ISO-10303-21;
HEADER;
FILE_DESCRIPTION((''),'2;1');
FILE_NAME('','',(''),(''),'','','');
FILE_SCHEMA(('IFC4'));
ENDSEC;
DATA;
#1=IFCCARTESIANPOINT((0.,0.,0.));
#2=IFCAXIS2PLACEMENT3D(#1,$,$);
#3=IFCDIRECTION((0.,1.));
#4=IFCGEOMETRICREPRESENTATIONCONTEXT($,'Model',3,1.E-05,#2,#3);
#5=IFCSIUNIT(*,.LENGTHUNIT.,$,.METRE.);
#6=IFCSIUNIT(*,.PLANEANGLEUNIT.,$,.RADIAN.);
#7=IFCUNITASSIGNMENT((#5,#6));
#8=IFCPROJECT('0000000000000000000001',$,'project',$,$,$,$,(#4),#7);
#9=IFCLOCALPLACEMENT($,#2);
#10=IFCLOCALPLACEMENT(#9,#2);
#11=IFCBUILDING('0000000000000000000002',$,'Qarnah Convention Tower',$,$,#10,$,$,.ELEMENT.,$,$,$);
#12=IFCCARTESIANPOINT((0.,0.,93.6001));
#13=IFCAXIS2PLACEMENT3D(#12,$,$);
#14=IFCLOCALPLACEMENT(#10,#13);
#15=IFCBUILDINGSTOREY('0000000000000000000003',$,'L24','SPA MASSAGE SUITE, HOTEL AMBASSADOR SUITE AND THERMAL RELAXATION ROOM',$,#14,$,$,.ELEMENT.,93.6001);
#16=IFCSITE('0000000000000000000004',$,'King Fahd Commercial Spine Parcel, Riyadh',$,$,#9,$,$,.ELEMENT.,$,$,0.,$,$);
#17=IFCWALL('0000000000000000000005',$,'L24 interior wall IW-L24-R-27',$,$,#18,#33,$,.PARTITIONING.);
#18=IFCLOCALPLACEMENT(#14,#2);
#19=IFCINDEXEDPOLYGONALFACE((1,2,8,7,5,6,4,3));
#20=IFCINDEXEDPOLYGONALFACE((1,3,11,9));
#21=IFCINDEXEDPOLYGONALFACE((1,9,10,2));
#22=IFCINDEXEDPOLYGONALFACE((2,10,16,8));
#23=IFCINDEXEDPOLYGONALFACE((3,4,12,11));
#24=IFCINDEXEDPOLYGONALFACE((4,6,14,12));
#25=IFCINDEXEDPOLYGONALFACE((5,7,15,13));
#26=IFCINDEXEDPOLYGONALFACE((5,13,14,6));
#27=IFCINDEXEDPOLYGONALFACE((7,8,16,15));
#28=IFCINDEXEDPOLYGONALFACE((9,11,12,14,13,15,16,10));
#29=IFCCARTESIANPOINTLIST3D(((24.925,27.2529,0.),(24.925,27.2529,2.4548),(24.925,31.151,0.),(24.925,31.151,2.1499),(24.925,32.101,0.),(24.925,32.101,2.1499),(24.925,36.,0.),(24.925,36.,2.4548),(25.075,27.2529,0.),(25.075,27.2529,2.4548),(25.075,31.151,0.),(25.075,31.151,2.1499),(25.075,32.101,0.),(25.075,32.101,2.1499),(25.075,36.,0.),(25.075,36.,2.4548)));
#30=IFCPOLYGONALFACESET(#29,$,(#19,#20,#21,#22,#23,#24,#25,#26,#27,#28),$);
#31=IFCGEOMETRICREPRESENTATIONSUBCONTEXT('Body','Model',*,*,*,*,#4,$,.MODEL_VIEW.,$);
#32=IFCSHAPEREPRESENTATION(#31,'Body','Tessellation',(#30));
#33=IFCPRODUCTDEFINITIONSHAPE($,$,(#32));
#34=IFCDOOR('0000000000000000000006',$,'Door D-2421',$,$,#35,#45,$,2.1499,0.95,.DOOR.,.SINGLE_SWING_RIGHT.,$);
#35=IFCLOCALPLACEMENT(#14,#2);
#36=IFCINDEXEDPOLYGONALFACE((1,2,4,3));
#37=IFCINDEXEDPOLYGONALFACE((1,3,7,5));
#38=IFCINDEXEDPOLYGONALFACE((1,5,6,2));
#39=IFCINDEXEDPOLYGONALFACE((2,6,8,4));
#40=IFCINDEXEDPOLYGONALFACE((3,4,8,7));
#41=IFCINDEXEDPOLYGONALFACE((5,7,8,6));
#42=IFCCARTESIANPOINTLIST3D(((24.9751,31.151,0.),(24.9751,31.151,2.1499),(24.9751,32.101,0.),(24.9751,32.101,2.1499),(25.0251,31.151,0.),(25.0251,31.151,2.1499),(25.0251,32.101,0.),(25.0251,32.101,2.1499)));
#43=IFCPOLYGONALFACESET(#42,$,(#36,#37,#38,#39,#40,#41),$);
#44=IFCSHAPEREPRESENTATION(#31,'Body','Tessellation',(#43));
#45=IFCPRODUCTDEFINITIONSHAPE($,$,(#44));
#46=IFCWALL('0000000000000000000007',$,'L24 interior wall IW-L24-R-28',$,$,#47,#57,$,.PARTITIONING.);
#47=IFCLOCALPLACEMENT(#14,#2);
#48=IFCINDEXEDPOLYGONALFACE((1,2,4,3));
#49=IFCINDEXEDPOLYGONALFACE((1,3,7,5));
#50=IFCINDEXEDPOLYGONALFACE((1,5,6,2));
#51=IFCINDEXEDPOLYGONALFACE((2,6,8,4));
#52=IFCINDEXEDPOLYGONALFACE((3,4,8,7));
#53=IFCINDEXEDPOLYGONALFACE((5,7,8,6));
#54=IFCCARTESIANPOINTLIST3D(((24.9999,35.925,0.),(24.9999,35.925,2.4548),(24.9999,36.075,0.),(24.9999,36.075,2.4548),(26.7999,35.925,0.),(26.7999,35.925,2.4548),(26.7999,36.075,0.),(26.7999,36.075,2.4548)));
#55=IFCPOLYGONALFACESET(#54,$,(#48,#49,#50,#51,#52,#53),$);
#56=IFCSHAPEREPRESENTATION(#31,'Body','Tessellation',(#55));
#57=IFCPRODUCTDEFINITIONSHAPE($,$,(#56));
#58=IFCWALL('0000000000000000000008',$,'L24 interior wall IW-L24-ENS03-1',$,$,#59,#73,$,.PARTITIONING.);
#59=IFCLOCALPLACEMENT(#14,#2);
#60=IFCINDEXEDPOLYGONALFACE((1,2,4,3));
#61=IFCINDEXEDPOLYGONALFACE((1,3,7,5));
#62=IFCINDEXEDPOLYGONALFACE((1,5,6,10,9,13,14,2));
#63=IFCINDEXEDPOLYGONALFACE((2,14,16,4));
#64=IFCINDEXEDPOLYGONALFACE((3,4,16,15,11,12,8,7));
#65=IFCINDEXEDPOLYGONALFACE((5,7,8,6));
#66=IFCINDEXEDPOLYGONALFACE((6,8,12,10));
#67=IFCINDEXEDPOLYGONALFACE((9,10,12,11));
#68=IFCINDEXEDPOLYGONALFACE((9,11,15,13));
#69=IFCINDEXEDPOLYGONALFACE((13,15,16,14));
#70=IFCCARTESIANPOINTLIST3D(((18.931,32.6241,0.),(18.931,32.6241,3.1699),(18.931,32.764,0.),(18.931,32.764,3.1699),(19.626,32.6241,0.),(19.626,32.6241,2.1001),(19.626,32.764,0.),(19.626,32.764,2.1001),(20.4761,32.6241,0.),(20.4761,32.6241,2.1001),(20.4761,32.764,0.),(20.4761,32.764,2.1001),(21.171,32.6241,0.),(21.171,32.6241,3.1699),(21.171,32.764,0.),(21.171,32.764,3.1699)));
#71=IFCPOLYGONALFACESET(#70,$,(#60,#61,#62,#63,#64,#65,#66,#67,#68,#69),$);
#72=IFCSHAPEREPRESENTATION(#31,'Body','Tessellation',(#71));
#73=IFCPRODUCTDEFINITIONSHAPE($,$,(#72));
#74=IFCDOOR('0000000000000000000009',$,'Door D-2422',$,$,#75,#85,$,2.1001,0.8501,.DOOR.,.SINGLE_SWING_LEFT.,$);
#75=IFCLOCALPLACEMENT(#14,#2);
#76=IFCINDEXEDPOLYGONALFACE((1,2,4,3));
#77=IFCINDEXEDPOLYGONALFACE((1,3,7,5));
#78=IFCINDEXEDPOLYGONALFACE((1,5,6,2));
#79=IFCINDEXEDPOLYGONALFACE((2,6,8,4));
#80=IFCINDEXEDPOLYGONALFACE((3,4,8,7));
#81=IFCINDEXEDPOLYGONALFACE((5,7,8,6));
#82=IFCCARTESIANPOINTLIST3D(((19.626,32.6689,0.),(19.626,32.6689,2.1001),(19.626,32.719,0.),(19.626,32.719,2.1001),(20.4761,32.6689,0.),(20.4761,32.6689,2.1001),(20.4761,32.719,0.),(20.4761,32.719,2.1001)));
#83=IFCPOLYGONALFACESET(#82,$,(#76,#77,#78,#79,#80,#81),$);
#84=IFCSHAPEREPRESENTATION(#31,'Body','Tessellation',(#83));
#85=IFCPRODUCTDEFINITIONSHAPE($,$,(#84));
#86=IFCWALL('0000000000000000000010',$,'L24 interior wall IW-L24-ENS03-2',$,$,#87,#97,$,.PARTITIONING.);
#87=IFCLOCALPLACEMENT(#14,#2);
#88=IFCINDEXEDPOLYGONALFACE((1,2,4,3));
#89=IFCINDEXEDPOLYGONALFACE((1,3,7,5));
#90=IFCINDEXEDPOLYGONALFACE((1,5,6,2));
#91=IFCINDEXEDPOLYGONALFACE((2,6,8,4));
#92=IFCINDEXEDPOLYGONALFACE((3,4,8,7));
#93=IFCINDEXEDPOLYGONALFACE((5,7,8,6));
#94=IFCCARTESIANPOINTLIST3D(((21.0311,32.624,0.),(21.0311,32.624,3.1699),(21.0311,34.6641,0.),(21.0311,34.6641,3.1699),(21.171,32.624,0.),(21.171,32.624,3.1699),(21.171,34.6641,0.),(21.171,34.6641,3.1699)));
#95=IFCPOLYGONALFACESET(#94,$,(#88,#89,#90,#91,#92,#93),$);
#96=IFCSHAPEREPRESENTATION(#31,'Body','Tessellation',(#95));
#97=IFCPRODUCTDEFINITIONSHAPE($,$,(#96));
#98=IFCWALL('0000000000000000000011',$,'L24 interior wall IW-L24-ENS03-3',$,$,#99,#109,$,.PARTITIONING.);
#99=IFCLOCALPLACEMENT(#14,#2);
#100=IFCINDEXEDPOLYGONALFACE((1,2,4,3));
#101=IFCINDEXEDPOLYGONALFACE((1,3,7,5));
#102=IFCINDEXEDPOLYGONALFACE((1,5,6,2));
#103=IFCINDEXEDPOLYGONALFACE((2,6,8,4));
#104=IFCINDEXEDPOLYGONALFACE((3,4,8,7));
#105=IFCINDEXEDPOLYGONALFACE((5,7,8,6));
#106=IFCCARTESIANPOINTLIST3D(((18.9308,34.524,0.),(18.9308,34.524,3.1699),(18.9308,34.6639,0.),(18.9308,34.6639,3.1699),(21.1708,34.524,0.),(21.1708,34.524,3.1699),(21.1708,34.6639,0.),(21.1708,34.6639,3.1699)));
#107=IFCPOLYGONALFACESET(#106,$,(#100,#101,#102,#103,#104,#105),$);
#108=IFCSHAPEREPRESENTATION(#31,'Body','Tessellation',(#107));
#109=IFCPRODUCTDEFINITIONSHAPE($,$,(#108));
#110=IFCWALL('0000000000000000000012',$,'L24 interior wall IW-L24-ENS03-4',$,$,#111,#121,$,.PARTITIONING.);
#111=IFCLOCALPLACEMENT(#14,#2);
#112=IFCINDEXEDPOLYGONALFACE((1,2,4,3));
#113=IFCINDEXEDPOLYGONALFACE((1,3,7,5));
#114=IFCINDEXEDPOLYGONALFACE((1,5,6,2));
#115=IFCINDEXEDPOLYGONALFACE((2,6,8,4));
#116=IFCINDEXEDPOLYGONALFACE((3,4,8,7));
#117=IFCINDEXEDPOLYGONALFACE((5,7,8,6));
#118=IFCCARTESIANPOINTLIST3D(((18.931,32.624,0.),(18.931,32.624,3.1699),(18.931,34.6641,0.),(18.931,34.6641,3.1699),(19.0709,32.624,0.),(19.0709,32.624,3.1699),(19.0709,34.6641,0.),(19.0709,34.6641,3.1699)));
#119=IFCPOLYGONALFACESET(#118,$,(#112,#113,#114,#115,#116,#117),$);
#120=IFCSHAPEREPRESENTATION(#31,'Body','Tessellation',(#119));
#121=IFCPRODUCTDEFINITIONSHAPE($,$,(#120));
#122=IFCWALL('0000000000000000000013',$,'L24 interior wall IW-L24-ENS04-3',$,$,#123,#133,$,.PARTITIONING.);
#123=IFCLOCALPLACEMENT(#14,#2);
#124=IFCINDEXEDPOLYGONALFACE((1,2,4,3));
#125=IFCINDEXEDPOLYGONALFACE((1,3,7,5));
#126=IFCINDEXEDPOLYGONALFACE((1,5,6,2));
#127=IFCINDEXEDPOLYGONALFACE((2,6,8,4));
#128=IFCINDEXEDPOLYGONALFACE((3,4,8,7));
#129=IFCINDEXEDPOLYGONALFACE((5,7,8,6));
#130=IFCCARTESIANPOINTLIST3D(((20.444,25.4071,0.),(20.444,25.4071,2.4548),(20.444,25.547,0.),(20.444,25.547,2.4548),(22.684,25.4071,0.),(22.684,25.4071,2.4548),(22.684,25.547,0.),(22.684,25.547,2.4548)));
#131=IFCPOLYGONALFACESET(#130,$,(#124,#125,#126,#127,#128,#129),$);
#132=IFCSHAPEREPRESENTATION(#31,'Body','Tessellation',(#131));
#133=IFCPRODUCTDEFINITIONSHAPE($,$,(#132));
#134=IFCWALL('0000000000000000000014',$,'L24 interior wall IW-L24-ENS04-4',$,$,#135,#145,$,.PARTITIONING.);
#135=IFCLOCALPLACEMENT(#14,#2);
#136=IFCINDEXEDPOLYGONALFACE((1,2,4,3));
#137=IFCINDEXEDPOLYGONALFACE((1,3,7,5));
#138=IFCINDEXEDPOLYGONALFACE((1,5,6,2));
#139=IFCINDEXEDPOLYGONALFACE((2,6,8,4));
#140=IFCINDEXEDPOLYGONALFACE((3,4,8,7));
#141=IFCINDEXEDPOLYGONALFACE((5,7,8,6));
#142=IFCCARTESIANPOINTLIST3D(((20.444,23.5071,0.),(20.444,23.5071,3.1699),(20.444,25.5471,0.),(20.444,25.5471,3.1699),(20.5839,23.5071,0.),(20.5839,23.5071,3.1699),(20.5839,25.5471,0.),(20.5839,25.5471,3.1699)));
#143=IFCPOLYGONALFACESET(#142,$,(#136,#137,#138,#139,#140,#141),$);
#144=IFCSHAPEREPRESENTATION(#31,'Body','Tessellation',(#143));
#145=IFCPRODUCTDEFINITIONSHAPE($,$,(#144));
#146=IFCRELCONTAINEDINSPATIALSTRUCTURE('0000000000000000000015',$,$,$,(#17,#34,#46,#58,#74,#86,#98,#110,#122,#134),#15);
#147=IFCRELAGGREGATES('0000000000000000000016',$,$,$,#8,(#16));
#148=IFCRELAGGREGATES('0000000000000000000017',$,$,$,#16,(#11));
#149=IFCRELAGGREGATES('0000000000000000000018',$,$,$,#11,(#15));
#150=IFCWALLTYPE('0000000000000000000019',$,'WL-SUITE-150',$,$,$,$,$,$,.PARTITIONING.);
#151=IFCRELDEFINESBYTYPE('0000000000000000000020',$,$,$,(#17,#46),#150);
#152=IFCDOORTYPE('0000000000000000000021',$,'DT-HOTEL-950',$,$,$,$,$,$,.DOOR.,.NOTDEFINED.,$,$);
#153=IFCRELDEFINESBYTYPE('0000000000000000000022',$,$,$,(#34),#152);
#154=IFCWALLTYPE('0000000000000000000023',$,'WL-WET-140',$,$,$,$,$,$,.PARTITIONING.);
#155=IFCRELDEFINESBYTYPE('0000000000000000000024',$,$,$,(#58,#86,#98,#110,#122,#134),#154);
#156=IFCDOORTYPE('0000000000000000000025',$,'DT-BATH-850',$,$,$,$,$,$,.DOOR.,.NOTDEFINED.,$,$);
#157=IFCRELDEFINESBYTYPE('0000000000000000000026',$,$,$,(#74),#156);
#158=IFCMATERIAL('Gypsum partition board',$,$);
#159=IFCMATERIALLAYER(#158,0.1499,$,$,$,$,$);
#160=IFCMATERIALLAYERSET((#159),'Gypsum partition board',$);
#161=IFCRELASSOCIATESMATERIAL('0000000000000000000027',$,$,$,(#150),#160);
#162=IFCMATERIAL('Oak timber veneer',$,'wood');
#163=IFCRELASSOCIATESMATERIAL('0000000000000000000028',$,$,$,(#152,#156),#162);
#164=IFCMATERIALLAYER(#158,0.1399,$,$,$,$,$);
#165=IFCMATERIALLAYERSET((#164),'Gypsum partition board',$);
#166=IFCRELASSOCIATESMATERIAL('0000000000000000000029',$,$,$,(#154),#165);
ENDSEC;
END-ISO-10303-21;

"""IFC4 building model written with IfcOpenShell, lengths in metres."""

from ifc_helpers import new_model, si_unit, direction, frame, frame_2d, origin, place, context, subcontext, project, spatial, rectangle, extrude, material, layer, layer_set, type_object, element, fill, save


model = new_model("IFC4")

# Units and contexts
model_context = context("Model", 3, precision=1e-05, world=origin(), true_north=direction((0.0, 1.0)))
body_context = subcontext(model_context, "Body", "Model", "MODEL_VIEW")
ifc_project = project(units=[si_unit("LENGTHUNIT", "METRE"), si_unit("PLANEANGLEUNIT", "RADIAN")], contexts=[model_context])

# Site, building, storey
site_placement = place(None, origin())
site = spatial("IfcSite", under=ifc_project, at=site_placement, Name="King Fahd Commercial Spine Parcel, Riyadh", CompositionType="ELEMENT", RefElevation=0.0)
building_placement = place(site_placement, origin())
building = spatial("IfcBuilding", under=site, at=building_placement, Name="Qarnah Convention Tower", CompositionType="ELEMENT")
storey_placement = place(building_placement, frame((0.0, 0.0, 93.6001)))
storey = spatial("IfcBuildingStorey", under=building, at=storey_placement, Name="L24", Description="SPA MASSAGE SUITE, HOTEL AMBASSADOR SUITE AND THERMAL RELAXATION ROOM", CompositionType="ELEMENT", Elevation=93.6001)

# Shared definitions
ifc_material_1 = material(Name="Gypsum partition board")
ifc_layer_1 = layer(ifc_material_1, 0.1499)
ifc_layer_set_1 = layer_set([ifc_layer_1], Name="Gypsum partition board")
wall_type_1 = type_object("IfcWallType", Name="WL-SUITE-150", PredefinedType="PARTITIONING", material=ifc_layer_set_1)

# Wall, opening, door
wall_1_placement = place(storey_placement, frame((25.0, 27.2529, 0.0), z_axis=(0.0, 0.0, 1.0), x_axis=(0.0, 1.0, 0.0)))
wall_1 = element("IfcWall", 1, at=wall_1_placement, inside=storey, type_object=wall_type_1, Name="L24 interior wall IW-L24-R-27", PredefinedType="PARTITIONING", context=body_context, shape_type="SweptSolid", body=[
    extrude(rectangle(XDim=8.7471, YDim=0.1499, at=frame_2d((4.3735, 0.0))), origin(), (0.0, 0.0, 1.0), 2.4548),
])
opening_1_placement = place(wall_1_placement, frame((3.8979, 0.0, 0.0)))
opening_1 = element("IfcOpeningElement", 2, at=opening_1_placement, cuts=wall_1, PredefinedType="OPENING", context=body_context, shape_type="SweptSolid", body=[
    extrude(rectangle(XDim=0.95, YDim=2.1499, at=frame_2d((0.4751, 1.075))), frame((0.0, 0.085, 0.0), z_axis=(0.0, -1.0, 0.0), x_axis=(1.0, 0.0, 0.0)), (0.0, 0.0, 1.0), 0.1699),
])
ifc_material_2 = material(Name="Oak timber veneer", Category="wood")
door_type_1 = type_object("IfcDoorType", Name="DT-HOTEL-950", OperationType="NOTDEFINED", PredefinedType="DOOR", material=ifc_material_2)
door_1_placement = place(opening_1_placement, origin())
door_1 = element("IfcDoor", 3, at=door_1_placement, inside=storey, type_object=door_type_1, Name="Door D-2421", OperationType="SINGLE_SWING_RIGHT", OverallHeight=2.1499, OverallWidth=0.95, PredefinedType="DOOR", context=body_context, shape_type="SweptSolid", body=[
    extrude(rectangle(XDim=0.95, YDim=2.1499, at=frame_2d((0.4751, 1.075))), frame((0.0, 0.0249, 0.0), z_axis=(0.0, -1.0, 0.0), x_axis=(1.0, 0.0, 0.0)), (0.0, 0.0, 1.0), 0.05),
])
fill(opening_1, door_1)

# Wall
wall_2_placement = place(storey_placement, frame((25.0, 36.0, 0.0), z_axis=(0.0, 0.0, 1.0), x_axis=(1.0, 0.0, 0.0)))
element("IfcWall", 4, at=wall_2_placement, inside=storey, type_object=wall_type_1, Name="L24 interior wall IW-L24-R-28", PredefinedType="PARTITIONING", context=body_context, shape_type="SweptSolid", body=[
    extrude(rectangle(XDim=1.8, YDim=0.1499, at=frame_2d((0.8999, 0.0))), origin(), (0.0, 0.0, 1.0), 2.4548),
])

# Wall, opening, door
ifc_layer_2 = layer(ifc_material_1, 0.1399)
ifc_layer_set_2 = layer_set([ifc_layer_2], Name="Gypsum partition board")
wall_type_2 = type_object("IfcWallType", Name="WL-WET-140", PredefinedType="PARTITIONING", material=ifc_layer_set_2)
wall_3_placement = place(storey_placement, frame((18.9309, 32.6941, 0.0), z_axis=(0.0, 0.0, 1.0), x_axis=(1.0, 0.0, 0.0)))
wall_3 = element("IfcWall", 5, at=wall_3_placement, inside=storey, type_object=wall_type_2, Name="L24 interior wall IW-L24-ENS03-1", PredefinedType="PARTITIONING", context=body_context, shape_type="SweptSolid", body=[
    extrude(rectangle(XDim=2.24, YDim=0.1399, at=frame_2d((1.1201, 0.0))), origin(), (0.0, 0.0, 1.0), 3.1699),
])
opening_2_placement = place(wall_3_placement, frame((0.6951, 0.0, 0.0)))
opening_2 = element("IfcOpeningElement", 6, at=opening_2_placement, cuts=wall_3, PredefinedType="OPENING", context=body_context, shape_type="SweptSolid", body=[
    extrude(rectangle(XDim=0.8501, YDim=2.1001, at=frame_2d((0.425, 1.05))), frame((0.0, 0.0798, 0.0), z_axis=(0.0, -1.0, 0.0), x_axis=(1.0, 0.0, 0.0)), (0.0, 0.0, 1.0), 0.1599),
])
door_type_2 = type_object("IfcDoorType", Name="DT-BATH-850", OperationType="NOTDEFINED", PredefinedType="DOOR", material=ifc_material_2)
door_2_placement = place(opening_2_placement, origin())
door_2 = element("IfcDoor", 7, at=door_2_placement, inside=storey, type_object=door_type_2, Name="Door D-2422", OperationType="SINGLE_SWING_LEFT", OverallHeight=2.1001, OverallWidth=0.8501, PredefinedType="DOOR", context=body_context, shape_type="SweptSolid", body=[
    extrude(rectangle(XDim=0.8501, YDim=2.1001, at=frame_2d((0.425, 1.05))), frame((0.0, 0.0249, 0.0), z_axis=(0.0, -1.0, 0.0), x_axis=(1.0, 0.0, 0.0)), (0.0, 0.0, 1.0), 0.05),
])
fill(opening_2, door_2)

# Walls
wall_4_placement = place(storey_placement, frame((21.1011, 32.624, 0.0), z_axis=(0.0, 0.0, 1.0), x_axis=(0.0, 1.0, 0.0)))
element("IfcWall", 8, at=wall_4_placement, inside=storey, type_object=wall_type_2, Name="L24 interior wall IW-L24-ENS03-2", PredefinedType="PARTITIONING", context=body_context, shape_type="SweptSolid", body=[
    extrude(rectangle(XDim=2.04, YDim=0.1399, at=frame_2d((1.02, 0.0))), origin(), (0.0, 0.0, 1.0), 3.1699),
])
wall_5_placement = place(storey_placement, frame((21.1709, 34.594, 0.0), z_axis=(0.0, 0.0, 1.0), x_axis=(-1.0, 0.0, 0.0)))
element("IfcWall", 9, at=wall_5_placement, inside=storey, type_object=wall_type_2, Name="L24 interior wall IW-L24-ENS03-3", PredefinedType="PARTITIONING", context=body_context, shape_type="SweptSolid", body=[
    extrude(rectangle(XDim=2.24, YDim=0.1399, at=frame_2d((1.1201, 0.0))), origin(), (0.0, 0.0, 1.0), 3.1699),
])
wall_6_placement = place(storey_placement, frame((19.001, 34.6641, 0.0), z_axis=(0.0, 0.0, 1.0), x_axis=(0.0, -1.0, 0.0)))
element("IfcWall", 10, at=wall_6_placement, inside=storey, type_object=wall_type_2, Name="L24 interior wall IW-L24-ENS03-4", PredefinedType="PARTITIONING", context=body_context, shape_type="SweptSolid", body=[
    extrude(rectangle(XDim=2.04, YDim=0.1399, at=frame_2d((1.02, 0.0))), origin(), (0.0, 0.0, 1.0), 3.1699),
])
wall_7_placement = place(storey_placement, frame((22.6841, 25.4771, 0.0), z_axis=(0.0, 0.0, 1.0), x_axis=(-1.0, 0.0, 0.0)))
element("IfcWall", 11, at=wall_7_placement, inside=storey, type_object=wall_type_2, Name="L24 interior wall IW-L24-ENS04-3", PredefinedType="PARTITIONING", context=body_context, shape_type="SweptSolid", body=[
    extrude(rectangle(XDim=2.24, YDim=0.1399, at=frame_2d((1.1201, 0.0))), origin(), (0.0, 0.0, 1.0), 2.4548),
])
wall_8_placement = place(storey_placement, frame((20.5139, 25.5471, 0.0), z_axis=(0.0, 0.0, 1.0), x_axis=(0.0, -1.0, 0.0)))
element("IfcWall", 12, at=wall_8_placement, inside=storey, type_object=wall_type_2, Name="L24 interior wall IW-L24-ENS04-4", PredefinedType="PARTITIONING", context=body_context, shape_type="SweptSolid", body=[
    extrude(rectangle(XDim=2.04, YDim=0.1399, at=frame_2d((1.02, 0.0))), origin(), (0.0, 0.0, 1.0), 3.1699),
])

save(model, "model.ifc")
